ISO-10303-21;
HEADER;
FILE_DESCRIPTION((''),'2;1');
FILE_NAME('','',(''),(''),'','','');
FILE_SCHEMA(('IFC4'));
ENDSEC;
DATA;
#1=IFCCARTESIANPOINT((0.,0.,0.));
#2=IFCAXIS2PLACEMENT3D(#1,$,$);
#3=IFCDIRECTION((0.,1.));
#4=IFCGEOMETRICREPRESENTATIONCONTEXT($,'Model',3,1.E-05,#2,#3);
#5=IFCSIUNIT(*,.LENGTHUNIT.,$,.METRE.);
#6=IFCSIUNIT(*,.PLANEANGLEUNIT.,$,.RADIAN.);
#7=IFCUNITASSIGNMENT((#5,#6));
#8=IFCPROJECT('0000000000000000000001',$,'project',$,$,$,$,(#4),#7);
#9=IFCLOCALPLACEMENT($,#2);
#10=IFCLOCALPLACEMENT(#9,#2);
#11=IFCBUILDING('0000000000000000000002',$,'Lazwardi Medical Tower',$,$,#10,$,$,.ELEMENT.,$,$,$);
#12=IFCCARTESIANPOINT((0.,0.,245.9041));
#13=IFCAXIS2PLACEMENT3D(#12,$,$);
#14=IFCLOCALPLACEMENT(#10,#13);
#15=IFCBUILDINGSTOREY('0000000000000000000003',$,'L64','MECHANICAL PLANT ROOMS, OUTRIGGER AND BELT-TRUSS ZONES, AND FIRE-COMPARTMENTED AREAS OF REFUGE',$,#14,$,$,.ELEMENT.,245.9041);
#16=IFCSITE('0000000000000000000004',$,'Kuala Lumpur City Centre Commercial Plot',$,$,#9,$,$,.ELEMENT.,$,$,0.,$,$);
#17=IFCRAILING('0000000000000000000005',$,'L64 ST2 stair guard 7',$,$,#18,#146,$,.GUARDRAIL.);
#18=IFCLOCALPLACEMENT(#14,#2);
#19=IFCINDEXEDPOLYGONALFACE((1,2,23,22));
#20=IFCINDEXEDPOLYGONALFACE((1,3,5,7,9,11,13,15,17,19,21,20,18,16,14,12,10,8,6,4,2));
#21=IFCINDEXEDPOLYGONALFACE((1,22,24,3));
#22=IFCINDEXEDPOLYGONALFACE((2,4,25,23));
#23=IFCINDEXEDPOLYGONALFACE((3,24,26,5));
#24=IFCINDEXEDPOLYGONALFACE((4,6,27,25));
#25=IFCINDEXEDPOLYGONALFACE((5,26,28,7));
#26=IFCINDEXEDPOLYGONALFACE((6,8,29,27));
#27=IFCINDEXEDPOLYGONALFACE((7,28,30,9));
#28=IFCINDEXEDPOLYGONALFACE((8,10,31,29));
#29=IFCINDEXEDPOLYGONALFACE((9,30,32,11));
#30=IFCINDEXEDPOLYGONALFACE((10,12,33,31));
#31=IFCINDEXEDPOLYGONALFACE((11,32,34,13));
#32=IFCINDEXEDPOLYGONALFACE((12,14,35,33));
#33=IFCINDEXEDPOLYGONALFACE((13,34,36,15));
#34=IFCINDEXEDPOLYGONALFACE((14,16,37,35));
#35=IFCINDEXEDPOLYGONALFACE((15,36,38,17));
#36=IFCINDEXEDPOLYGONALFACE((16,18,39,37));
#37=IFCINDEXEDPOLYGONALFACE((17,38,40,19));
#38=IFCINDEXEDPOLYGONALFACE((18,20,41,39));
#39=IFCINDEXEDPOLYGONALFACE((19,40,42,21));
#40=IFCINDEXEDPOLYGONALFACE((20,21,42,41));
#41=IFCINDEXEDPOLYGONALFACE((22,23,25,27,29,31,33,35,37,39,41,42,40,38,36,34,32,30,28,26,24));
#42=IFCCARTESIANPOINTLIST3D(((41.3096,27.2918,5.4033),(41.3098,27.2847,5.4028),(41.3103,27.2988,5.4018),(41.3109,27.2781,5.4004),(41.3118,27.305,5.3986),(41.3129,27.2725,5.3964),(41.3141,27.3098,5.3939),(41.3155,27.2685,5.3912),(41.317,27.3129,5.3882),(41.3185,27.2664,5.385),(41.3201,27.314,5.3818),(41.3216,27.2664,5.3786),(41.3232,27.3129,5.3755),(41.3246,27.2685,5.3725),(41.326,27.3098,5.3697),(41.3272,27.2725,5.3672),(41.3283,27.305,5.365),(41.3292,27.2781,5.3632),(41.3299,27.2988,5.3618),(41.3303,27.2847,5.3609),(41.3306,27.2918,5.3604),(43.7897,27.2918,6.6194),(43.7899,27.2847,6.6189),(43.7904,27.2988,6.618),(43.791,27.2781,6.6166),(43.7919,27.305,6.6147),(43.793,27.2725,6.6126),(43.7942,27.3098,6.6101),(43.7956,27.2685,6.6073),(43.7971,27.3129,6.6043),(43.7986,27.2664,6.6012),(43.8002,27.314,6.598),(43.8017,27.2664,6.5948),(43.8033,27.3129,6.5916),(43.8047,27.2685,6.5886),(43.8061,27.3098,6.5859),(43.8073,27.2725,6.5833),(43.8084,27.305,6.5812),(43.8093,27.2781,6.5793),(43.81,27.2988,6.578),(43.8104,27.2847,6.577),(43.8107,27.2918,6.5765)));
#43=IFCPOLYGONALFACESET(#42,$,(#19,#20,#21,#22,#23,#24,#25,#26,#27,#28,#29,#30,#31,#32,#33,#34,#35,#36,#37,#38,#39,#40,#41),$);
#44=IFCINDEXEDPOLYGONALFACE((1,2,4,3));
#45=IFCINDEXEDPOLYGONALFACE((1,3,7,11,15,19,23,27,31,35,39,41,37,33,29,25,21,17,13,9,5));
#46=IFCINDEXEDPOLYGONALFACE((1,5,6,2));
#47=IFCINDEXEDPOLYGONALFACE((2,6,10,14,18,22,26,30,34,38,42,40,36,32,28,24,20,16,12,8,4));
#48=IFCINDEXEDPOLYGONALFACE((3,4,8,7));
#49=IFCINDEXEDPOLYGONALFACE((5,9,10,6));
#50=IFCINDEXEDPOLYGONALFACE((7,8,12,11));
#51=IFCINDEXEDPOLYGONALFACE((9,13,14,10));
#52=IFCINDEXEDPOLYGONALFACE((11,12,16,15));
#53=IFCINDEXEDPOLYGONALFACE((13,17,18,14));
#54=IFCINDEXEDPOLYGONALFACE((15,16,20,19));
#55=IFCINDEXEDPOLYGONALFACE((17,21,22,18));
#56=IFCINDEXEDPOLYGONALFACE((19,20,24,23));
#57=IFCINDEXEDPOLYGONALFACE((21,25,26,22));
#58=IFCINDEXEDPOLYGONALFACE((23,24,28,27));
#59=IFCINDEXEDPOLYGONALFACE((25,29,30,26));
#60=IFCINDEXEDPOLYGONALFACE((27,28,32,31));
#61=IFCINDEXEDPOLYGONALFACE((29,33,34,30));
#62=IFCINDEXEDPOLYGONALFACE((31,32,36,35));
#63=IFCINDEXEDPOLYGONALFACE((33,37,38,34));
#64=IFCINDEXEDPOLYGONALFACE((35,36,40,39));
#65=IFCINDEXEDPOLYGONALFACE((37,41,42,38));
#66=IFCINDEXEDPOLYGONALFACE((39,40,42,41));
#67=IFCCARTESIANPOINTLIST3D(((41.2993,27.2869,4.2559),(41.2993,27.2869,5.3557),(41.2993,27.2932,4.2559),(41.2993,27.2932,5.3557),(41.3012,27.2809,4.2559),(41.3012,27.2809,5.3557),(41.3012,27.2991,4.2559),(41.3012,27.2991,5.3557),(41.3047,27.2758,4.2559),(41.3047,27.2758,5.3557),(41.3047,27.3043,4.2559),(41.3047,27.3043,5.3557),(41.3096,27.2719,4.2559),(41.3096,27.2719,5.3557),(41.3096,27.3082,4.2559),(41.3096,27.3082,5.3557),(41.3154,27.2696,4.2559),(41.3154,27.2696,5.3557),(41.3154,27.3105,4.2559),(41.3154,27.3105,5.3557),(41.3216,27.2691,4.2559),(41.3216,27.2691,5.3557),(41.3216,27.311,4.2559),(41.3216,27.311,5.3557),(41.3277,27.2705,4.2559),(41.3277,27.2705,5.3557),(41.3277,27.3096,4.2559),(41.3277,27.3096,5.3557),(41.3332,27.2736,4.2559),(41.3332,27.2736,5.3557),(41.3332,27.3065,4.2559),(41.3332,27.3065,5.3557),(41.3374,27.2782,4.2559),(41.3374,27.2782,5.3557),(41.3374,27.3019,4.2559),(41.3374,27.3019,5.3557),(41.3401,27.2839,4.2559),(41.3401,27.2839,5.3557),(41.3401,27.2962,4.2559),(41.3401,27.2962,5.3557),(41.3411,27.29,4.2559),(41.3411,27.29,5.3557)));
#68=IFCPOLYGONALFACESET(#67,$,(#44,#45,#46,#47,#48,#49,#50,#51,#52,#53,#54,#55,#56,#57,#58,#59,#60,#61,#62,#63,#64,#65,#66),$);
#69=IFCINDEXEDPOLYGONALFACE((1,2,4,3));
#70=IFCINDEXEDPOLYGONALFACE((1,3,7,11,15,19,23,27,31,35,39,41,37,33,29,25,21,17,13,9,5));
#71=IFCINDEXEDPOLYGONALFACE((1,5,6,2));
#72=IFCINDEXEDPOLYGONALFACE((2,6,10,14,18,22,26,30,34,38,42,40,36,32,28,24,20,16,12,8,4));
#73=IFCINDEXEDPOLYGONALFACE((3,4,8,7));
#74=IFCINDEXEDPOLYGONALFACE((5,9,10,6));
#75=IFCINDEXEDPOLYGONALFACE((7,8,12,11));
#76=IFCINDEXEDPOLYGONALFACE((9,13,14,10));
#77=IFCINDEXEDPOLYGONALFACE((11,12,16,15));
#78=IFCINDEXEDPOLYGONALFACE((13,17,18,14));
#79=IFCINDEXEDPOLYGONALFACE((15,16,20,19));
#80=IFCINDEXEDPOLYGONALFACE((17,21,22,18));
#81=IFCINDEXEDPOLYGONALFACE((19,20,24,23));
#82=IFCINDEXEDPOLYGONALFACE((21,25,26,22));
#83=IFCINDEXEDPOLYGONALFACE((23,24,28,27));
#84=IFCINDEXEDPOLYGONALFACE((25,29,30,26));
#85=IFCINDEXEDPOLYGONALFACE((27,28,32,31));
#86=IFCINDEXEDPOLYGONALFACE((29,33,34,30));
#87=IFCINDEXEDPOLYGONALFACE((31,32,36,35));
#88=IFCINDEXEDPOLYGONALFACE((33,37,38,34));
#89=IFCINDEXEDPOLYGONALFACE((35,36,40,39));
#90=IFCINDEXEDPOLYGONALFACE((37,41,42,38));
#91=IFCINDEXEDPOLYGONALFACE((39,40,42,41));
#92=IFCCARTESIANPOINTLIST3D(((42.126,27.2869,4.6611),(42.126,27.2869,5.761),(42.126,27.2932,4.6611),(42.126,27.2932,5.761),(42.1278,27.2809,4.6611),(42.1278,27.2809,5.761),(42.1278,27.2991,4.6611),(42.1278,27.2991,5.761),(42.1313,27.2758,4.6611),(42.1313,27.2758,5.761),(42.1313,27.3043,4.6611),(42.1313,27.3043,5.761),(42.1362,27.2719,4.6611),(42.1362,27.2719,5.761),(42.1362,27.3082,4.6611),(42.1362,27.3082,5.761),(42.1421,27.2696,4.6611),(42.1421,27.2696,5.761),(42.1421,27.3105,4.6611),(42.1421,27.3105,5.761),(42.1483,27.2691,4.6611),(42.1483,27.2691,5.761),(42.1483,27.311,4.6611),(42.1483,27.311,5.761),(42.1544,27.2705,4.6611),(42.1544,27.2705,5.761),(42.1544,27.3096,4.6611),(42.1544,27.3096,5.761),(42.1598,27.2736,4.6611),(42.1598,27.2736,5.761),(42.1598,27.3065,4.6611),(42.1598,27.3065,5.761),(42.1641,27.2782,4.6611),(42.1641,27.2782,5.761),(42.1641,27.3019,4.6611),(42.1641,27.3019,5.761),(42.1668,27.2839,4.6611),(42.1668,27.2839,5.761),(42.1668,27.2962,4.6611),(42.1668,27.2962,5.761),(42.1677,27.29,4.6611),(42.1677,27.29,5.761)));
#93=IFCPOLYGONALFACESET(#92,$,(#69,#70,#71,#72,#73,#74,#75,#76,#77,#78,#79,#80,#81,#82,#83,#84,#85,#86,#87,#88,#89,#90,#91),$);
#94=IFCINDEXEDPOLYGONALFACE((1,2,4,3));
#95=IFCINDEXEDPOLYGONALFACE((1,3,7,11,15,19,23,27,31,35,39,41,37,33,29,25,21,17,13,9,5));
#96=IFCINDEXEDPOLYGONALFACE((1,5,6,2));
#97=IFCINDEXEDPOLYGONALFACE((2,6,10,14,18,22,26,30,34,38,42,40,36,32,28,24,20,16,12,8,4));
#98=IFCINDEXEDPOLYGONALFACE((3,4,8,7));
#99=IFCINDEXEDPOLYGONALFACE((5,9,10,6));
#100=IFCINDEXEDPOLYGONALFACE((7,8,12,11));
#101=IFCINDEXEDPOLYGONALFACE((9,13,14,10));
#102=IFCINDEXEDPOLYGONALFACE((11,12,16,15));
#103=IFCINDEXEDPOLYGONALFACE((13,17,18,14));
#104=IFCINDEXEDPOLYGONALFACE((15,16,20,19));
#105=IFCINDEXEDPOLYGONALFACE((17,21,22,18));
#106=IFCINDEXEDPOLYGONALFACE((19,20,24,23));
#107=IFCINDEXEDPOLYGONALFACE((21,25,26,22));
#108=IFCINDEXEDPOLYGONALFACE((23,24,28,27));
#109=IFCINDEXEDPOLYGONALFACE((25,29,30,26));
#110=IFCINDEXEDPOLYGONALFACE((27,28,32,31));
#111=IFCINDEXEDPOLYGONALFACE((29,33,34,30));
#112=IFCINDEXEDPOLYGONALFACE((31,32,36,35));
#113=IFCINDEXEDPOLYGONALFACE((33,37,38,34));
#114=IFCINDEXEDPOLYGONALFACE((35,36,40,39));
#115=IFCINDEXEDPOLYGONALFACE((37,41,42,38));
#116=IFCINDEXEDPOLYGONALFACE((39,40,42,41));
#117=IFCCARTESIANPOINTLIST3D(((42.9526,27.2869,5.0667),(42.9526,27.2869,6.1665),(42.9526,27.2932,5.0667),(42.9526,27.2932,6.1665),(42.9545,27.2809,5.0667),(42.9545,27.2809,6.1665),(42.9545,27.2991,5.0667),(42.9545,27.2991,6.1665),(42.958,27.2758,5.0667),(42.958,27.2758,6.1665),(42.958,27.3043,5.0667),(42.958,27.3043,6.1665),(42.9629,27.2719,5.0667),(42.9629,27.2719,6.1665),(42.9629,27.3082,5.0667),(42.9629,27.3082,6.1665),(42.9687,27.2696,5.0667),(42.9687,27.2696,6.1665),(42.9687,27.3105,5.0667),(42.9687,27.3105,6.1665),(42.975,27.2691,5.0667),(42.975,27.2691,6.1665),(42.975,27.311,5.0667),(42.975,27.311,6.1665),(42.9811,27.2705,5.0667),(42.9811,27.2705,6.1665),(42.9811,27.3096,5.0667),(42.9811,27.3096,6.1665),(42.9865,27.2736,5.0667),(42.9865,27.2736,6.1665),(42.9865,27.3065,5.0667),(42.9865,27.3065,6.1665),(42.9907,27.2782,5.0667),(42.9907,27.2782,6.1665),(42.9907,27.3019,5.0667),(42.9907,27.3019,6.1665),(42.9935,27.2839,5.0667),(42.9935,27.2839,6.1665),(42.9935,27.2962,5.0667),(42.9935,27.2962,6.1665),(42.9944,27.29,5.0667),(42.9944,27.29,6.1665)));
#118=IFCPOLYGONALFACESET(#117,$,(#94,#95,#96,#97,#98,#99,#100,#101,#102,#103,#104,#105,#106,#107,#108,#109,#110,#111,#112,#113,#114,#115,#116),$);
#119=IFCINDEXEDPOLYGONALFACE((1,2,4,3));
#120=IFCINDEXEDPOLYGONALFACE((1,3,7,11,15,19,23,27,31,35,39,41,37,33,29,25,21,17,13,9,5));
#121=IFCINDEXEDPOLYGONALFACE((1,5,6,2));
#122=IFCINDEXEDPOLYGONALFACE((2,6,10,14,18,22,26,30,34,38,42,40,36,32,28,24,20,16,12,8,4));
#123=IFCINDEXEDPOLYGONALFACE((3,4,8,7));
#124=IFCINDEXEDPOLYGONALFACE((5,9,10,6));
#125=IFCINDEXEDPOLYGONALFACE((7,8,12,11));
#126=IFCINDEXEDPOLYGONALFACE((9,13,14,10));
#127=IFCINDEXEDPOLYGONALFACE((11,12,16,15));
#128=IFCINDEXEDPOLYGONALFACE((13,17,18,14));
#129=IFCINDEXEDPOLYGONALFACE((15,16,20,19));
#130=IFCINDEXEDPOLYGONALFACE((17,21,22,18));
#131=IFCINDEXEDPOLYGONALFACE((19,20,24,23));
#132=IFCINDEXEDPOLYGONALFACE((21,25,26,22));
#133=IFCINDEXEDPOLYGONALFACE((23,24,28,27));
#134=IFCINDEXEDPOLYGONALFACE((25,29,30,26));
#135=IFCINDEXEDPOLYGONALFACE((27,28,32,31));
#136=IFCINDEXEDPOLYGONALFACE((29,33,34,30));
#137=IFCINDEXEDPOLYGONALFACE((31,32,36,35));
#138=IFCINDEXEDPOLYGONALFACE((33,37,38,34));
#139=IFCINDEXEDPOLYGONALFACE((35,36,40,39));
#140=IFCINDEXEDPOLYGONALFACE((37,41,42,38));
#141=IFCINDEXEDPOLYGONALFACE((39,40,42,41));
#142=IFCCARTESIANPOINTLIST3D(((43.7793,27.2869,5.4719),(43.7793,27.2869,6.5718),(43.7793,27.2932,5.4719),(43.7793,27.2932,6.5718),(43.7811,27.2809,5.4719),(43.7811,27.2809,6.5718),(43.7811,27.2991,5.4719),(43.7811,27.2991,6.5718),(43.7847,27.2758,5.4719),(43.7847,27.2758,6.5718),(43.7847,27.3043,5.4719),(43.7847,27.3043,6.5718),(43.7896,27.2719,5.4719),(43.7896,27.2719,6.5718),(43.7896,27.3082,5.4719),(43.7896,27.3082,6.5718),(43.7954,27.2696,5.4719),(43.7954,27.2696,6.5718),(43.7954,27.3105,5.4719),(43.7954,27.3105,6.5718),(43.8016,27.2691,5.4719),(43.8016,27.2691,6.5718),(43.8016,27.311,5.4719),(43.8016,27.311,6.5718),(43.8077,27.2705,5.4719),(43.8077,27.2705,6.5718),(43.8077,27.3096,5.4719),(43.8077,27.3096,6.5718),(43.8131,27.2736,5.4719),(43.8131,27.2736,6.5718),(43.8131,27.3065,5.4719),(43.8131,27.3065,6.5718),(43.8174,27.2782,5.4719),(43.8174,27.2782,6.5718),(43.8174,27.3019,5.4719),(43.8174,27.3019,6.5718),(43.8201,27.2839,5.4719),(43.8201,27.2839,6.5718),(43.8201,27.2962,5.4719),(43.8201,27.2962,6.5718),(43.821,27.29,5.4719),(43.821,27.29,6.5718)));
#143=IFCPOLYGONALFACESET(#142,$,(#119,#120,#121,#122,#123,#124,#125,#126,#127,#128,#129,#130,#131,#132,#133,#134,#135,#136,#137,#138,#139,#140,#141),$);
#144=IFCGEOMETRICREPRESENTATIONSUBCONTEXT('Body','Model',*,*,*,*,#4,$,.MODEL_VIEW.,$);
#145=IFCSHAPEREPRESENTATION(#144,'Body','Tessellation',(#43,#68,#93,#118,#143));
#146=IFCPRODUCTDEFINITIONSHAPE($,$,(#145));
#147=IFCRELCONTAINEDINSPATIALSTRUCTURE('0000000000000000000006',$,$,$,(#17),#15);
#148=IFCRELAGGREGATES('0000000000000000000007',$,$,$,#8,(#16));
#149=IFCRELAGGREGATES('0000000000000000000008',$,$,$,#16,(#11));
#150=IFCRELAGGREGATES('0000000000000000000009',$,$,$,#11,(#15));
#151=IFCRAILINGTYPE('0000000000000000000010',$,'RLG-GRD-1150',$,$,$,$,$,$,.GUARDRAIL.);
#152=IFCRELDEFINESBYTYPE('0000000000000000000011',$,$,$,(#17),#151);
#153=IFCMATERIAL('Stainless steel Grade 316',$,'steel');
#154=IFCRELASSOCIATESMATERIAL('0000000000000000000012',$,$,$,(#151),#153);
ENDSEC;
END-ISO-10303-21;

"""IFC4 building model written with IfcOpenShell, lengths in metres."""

from ifc_helpers import new_model, si_unit, direction, frame, origin, origin_2d, place, context, subcontext, project, spatial, circle, extrude, material, type_object, element, save


model = new_model("IFC4")

# Units and contexts
model_context = context("Model", 3, precision=1e-05, world=origin(), true_north=direction((0.0, 1.0)))
body_context = subcontext(model_context, "Body", "Model", "MODEL_VIEW")
ifc_project = project(units=[si_unit("LENGTHUNIT", "METRE"), si_unit("PLANEANGLEUNIT", "RADIAN")], contexts=[model_context])

# Site, building, storey
site_placement = place(None, origin())
site = spatial("IfcSite", under=ifc_project, at=site_placement, Name="Kuala Lumpur City Centre Commercial Plot", CompositionType="ELEMENT", RefElevation=0.0)
building_placement = place(site_placement, origin())
building = spatial("IfcBuilding", under=site, at=building_placement, Name="Lazwardi Medical Tower", CompositionType="ELEMENT")
storey_placement = place(building_placement, frame((0.0, 0.0, 245.9041)))
storey = spatial("IfcBuildingStorey", under=building, at=storey_placement, Name="L64", Description="MECHANICAL PLANT ROOMS, OUTRIGGER AND BELT-TRUSS ZONES, AND FIRE-COMPARTMENTED AREAS OF REFUGE", CompositionType="ELEMENT", Elevation=245.9041)

# Railing
ifc_material_1 = material(Name="Stainless steel Grade 316", Category="steel")
railing_type_1 = type_object("IfcRailingType", Name="RLG-GRD-1150", PredefinedType="GUARDRAIL", material=ifc_material_1)
railing_1_placement = place(storey_placement, frame((41.3201, 27.29, 4.2559)))
element("IfcRailing", 1, at=railing_1_placement, inside=storey, type_object=railing_type_1, Name="L64 ST2 stair guard 7", PredefinedType="GUARDRAIL", context=body_context, shape_type="SweptSolid", body=[
    extrude(circle(Radius=0.0239, at=origin_2d()), frame((0.0, 0.0, 1.126), z_axis=(0.897865, 0.0, 0.44027), x_axis=(0.0, 1.0, 0.0)), (0.0, 0.0, 1.0), 2.7622),
    extrude(circle(Radius=0.021, at=origin_2d()), origin(), (0.0, 0.0, 1.0), 1.0999),
    extrude(circle(Radius=0.021, at=origin_2d()), frame((0.8267, 0.0, 0.4053)), (0.0, 0.0, 1.0), 1.0999),
    extrude(circle(Radius=0.021, at=origin_2d()), frame((1.6533, 0.0, 0.8108)), (0.0, 0.0, 1.0), 1.0999),
    extrude(circle(Radius=0.021, at=origin_2d()), frame((2.48, 0.0, 1.2161)), (0.0, 0.0, 1.0), 1.0999),
])

save(model, "model.ifc")
